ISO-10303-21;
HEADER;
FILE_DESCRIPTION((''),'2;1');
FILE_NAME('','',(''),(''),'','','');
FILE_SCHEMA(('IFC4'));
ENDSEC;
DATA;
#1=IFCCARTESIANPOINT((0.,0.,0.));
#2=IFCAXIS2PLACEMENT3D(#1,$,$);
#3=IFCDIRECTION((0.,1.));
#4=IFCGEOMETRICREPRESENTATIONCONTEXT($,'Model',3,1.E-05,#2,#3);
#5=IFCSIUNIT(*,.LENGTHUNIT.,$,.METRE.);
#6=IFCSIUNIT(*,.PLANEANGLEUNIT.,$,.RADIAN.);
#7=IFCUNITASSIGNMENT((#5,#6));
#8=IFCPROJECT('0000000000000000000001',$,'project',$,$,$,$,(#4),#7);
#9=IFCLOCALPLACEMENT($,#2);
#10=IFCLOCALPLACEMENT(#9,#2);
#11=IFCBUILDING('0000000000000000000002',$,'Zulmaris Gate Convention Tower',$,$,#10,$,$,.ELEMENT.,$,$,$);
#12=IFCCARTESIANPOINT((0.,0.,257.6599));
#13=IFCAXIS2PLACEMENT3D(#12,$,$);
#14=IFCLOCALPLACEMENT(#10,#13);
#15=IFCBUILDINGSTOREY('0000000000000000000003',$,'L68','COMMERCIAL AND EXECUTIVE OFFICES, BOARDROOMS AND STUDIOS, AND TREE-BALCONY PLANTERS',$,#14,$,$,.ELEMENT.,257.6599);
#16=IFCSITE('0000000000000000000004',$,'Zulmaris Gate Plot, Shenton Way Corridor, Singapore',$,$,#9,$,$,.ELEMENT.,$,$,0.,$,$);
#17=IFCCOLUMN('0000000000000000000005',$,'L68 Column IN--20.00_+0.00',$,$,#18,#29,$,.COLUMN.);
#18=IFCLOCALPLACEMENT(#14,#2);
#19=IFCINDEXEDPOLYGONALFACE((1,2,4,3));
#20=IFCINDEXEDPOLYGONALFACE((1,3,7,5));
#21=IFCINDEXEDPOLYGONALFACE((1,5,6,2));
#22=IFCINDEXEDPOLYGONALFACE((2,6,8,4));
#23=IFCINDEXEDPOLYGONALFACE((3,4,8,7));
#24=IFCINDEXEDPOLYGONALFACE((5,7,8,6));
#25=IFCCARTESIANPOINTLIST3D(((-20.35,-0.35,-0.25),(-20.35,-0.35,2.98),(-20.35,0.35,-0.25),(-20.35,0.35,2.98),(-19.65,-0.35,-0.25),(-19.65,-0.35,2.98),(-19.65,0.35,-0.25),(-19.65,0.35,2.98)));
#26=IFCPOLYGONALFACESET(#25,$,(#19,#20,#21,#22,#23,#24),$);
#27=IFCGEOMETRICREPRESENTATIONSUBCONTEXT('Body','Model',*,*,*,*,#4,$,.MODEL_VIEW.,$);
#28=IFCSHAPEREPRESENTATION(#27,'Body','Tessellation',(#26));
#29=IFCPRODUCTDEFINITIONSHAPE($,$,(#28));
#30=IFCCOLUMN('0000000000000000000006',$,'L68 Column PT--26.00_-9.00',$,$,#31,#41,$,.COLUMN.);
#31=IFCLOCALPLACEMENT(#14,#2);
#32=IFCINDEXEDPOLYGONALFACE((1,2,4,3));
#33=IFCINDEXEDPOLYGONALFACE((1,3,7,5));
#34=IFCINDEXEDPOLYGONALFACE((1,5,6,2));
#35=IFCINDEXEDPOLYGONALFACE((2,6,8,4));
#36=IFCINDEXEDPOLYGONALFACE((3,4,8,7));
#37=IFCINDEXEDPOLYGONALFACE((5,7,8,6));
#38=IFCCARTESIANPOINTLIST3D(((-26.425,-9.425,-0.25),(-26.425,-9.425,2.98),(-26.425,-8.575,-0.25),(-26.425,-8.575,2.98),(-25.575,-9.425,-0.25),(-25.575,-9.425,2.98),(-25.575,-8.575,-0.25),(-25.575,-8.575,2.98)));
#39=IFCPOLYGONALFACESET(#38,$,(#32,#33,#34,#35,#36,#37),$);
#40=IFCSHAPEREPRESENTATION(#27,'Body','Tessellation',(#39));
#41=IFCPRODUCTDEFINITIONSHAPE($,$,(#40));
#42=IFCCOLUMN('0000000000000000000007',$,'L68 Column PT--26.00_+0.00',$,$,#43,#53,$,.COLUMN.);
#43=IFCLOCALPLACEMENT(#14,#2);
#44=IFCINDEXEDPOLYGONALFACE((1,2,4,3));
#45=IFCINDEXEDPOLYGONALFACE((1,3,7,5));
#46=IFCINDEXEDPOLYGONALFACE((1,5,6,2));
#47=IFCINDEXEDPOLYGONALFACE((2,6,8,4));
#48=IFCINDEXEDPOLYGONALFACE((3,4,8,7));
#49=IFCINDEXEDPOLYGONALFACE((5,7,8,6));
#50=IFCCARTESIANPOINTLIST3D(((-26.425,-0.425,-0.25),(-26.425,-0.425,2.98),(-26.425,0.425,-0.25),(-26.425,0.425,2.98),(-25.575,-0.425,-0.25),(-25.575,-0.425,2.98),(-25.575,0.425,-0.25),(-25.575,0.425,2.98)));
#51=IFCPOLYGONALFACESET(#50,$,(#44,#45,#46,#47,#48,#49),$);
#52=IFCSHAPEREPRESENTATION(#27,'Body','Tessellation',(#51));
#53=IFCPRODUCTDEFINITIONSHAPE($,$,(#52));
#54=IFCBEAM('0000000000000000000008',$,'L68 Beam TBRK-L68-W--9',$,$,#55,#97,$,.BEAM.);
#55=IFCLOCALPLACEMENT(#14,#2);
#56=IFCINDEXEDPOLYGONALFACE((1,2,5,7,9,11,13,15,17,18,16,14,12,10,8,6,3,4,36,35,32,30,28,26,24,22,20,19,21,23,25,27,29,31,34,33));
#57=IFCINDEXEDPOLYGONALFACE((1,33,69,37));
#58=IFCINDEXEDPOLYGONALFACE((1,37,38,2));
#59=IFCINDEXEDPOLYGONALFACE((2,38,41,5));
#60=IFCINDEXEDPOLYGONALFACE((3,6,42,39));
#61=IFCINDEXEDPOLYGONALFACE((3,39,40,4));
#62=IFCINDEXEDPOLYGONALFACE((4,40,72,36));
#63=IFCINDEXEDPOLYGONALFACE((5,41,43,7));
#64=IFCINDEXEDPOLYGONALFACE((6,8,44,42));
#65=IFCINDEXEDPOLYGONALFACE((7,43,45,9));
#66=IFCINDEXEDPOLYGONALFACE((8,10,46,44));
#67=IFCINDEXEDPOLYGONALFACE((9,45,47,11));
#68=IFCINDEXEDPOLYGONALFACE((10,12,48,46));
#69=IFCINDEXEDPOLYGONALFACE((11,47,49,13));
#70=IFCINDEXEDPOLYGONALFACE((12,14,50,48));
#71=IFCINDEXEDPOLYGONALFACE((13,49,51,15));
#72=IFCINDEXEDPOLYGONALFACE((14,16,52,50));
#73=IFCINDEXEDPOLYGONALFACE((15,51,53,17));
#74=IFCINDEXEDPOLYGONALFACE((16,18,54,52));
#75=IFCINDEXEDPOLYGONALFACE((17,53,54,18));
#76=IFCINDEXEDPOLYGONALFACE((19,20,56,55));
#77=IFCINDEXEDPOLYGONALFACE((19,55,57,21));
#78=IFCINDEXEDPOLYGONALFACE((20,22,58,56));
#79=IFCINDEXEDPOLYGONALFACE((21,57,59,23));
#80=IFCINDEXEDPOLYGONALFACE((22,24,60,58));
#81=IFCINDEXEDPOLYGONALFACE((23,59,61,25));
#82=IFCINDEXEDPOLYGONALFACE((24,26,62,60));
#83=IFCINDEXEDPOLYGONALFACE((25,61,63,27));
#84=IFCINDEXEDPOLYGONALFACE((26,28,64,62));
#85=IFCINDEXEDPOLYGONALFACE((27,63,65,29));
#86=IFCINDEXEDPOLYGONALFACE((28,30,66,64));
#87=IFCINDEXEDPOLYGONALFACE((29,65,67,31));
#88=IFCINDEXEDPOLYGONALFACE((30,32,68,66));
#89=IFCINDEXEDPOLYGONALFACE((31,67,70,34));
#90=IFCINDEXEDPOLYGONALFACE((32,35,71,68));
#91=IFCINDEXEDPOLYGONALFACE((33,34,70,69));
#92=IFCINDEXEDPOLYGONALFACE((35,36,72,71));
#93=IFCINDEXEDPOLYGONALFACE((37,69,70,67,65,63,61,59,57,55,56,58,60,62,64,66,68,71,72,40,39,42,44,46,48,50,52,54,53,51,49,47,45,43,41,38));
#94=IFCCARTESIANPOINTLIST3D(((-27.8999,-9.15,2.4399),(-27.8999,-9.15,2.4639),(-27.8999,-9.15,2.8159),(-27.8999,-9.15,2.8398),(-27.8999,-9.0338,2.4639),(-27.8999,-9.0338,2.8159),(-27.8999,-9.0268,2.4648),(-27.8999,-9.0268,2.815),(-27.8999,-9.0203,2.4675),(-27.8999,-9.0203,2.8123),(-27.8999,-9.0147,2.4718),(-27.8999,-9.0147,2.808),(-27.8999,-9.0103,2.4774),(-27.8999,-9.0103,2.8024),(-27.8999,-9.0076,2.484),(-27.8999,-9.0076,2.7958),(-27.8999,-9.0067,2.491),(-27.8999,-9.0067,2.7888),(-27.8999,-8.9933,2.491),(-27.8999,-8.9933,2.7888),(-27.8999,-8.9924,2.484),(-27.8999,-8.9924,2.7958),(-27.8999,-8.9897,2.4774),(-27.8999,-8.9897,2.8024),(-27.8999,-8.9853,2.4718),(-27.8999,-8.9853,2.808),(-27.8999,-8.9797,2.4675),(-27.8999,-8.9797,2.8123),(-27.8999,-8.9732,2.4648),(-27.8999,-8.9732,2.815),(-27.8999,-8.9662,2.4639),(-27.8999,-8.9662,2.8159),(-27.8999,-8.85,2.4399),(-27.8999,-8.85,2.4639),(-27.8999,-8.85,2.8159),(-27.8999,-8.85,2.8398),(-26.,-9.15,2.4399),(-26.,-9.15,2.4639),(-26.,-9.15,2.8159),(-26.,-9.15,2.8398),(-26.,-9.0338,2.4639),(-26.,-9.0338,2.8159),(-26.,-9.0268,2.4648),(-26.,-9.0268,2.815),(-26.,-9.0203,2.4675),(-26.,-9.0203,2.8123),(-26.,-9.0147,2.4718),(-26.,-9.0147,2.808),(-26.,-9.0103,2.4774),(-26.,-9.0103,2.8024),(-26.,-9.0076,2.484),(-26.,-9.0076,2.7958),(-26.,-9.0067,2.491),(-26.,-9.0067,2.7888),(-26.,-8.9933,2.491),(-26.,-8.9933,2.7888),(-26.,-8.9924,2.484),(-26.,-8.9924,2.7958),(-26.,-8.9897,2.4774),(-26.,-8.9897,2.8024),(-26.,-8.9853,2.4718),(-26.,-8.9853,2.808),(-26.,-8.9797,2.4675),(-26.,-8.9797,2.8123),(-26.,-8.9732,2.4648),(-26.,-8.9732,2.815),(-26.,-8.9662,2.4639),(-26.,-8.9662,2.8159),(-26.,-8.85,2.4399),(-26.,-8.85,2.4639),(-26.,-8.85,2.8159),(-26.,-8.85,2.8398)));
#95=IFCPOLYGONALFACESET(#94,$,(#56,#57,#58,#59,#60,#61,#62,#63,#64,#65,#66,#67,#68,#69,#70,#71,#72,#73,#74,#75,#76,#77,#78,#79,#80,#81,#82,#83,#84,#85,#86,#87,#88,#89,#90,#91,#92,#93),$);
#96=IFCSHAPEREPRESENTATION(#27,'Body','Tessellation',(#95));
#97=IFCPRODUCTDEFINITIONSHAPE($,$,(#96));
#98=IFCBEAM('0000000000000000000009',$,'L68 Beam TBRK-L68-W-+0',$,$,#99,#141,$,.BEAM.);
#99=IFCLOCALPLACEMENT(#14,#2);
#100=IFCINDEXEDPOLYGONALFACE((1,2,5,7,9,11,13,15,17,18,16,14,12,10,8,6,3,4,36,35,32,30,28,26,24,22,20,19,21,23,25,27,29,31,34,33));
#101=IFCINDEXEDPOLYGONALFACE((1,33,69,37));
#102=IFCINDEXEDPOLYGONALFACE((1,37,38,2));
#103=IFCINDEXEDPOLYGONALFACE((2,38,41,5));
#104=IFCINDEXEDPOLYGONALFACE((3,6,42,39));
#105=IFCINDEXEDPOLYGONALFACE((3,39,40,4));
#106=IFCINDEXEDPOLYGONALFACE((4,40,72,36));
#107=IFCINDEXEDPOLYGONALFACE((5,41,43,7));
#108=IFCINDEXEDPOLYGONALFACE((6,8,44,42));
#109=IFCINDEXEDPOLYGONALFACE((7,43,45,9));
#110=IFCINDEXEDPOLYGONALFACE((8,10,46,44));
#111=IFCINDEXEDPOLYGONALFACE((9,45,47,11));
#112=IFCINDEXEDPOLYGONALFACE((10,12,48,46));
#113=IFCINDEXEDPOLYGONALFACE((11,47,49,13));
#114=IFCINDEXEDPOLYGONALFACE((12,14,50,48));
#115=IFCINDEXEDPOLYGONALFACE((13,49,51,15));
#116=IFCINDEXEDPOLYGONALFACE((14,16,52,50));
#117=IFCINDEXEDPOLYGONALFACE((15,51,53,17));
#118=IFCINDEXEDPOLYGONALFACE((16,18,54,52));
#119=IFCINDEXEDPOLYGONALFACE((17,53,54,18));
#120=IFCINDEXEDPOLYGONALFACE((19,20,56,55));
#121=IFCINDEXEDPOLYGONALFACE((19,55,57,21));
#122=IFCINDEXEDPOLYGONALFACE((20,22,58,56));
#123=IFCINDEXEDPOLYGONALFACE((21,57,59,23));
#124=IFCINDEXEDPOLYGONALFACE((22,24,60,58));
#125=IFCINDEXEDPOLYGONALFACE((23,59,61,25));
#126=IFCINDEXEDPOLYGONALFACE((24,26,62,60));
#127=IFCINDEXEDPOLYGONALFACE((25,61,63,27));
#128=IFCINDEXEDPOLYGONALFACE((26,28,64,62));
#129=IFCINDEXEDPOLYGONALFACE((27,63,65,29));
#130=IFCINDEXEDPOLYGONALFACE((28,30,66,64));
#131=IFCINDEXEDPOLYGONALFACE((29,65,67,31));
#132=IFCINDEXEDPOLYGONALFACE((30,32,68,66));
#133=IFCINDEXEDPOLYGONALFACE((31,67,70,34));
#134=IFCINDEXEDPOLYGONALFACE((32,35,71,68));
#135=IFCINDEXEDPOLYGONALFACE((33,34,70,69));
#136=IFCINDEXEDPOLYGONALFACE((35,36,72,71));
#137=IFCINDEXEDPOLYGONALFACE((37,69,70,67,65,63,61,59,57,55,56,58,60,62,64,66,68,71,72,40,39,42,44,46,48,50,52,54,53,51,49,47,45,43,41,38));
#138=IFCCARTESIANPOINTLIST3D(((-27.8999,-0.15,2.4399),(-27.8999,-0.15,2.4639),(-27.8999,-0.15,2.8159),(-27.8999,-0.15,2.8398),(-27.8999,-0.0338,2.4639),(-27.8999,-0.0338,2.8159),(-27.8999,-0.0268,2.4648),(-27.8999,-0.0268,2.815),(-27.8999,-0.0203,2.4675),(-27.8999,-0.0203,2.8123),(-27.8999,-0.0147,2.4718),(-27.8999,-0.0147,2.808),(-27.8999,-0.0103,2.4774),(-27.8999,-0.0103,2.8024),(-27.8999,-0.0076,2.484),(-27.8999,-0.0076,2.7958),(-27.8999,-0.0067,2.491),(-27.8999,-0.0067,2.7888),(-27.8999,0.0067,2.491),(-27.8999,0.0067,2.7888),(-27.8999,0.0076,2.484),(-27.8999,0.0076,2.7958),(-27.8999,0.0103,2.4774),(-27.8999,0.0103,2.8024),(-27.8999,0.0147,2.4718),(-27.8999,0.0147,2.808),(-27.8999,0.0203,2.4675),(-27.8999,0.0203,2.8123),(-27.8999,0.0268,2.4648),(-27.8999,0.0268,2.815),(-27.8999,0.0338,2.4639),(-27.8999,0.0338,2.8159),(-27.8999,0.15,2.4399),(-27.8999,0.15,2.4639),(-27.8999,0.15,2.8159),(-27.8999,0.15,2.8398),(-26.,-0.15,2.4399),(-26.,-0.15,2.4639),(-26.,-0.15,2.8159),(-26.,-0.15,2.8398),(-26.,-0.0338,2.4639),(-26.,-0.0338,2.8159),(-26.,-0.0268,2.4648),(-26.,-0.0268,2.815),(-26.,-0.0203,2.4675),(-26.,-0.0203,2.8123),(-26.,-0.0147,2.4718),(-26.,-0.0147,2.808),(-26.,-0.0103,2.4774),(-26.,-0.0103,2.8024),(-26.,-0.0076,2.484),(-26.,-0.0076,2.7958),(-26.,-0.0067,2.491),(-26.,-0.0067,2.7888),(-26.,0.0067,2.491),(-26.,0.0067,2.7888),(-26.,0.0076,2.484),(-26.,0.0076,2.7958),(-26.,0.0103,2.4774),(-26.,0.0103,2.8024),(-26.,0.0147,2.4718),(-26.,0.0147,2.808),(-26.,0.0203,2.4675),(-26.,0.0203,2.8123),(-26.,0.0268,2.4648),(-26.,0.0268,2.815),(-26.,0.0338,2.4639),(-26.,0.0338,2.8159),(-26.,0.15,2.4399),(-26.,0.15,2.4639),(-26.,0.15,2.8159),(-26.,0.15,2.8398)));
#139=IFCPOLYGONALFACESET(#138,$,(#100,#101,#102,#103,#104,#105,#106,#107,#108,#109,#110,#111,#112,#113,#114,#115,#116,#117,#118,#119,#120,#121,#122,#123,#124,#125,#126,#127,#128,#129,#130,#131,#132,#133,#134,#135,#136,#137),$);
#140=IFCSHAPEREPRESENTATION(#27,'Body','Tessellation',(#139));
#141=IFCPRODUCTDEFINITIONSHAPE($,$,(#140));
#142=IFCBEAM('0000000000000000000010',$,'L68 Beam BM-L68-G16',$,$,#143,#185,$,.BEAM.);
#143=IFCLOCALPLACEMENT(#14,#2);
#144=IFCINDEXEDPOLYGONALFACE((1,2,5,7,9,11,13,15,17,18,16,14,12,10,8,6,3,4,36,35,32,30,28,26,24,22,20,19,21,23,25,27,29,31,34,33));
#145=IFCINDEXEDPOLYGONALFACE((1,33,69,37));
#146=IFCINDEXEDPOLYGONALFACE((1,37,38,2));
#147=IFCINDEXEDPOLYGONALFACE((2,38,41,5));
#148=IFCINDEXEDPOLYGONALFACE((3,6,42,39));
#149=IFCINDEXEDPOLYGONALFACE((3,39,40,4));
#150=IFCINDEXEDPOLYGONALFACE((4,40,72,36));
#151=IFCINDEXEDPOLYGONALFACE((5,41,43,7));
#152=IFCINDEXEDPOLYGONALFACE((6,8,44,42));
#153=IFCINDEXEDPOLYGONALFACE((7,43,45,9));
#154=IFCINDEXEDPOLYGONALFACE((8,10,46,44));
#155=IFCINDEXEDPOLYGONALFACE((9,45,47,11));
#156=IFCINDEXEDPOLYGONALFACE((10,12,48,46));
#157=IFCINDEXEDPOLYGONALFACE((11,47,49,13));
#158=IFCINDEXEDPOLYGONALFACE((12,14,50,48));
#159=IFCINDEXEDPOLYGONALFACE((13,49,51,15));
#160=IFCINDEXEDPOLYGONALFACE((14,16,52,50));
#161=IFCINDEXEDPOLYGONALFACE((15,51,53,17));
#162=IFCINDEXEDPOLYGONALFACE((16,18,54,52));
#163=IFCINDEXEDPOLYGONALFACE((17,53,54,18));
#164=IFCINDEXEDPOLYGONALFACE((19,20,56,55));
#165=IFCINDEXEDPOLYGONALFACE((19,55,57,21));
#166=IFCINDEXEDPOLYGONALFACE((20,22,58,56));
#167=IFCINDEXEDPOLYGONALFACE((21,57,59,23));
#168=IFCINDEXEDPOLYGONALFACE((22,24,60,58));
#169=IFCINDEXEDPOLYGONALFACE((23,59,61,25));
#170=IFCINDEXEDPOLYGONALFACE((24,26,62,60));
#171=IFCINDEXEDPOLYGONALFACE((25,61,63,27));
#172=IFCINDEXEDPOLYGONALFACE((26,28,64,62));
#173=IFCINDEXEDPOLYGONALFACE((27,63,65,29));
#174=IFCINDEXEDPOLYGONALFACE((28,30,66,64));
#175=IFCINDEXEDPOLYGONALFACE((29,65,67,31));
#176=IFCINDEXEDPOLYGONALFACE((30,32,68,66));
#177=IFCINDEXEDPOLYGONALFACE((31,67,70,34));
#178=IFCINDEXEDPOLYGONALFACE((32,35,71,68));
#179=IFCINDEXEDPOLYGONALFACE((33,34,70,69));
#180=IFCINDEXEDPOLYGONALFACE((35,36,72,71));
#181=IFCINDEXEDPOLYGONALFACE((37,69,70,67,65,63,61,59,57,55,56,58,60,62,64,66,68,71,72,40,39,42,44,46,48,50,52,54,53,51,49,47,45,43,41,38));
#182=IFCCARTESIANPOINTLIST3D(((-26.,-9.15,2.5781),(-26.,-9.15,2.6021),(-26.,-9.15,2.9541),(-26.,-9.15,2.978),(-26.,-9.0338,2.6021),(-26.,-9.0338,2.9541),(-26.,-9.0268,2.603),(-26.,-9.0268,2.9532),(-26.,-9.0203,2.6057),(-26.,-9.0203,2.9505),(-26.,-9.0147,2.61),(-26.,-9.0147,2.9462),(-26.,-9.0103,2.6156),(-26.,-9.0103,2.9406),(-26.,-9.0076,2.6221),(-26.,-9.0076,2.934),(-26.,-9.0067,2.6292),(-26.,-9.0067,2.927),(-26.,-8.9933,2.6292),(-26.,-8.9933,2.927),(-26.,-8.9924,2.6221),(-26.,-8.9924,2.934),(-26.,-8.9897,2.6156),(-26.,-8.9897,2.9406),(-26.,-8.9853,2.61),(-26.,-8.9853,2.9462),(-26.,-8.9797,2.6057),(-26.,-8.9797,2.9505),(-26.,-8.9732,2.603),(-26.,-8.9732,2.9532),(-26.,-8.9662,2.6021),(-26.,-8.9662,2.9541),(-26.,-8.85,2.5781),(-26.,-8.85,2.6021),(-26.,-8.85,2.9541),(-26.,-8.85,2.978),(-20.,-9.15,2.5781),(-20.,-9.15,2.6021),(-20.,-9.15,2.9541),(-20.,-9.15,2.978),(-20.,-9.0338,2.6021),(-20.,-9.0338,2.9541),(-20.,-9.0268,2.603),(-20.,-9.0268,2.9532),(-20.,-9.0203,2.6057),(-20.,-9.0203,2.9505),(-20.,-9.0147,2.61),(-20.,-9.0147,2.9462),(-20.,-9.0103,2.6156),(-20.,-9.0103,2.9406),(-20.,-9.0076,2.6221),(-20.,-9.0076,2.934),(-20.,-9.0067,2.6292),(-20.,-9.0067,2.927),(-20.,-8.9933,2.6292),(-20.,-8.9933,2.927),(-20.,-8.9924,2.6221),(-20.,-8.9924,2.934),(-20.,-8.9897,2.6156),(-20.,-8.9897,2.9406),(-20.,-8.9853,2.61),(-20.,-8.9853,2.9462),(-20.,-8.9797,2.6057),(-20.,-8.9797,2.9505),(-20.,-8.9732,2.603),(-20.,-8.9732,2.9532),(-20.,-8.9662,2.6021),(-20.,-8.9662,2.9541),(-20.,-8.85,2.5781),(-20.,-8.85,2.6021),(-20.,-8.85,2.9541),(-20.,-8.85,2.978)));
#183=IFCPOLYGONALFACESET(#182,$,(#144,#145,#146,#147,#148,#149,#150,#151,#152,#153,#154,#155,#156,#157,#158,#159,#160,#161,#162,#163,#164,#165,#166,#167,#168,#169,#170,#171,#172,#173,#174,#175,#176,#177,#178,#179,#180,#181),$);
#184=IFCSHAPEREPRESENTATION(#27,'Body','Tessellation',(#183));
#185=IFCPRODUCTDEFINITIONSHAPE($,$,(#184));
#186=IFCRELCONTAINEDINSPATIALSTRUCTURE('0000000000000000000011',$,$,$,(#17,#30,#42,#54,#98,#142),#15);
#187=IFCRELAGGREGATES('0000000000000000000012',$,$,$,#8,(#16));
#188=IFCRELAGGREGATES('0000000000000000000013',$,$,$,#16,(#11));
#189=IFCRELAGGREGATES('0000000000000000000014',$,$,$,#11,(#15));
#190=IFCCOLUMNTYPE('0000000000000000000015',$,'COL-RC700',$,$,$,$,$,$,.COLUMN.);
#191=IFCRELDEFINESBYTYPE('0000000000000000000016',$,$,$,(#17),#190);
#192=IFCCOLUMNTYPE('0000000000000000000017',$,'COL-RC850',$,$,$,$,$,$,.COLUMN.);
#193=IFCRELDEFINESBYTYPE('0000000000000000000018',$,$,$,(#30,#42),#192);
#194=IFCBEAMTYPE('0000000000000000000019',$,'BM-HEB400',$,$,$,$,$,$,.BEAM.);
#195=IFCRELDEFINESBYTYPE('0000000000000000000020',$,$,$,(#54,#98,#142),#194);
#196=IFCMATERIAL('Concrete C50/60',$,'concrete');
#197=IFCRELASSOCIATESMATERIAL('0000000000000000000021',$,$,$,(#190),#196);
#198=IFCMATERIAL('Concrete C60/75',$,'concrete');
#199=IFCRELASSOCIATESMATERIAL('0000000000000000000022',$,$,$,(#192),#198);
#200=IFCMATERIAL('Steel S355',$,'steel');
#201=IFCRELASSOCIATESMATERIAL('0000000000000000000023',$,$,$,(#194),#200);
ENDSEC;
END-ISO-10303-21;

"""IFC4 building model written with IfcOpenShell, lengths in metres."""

from ifc_helpers import new_model, si_unit, direction, frame, origin, origin_2d, place, context, subcontext, project, spatial, rectangle, i_section, extrude, material, material_profile, profile_set, type_object, element, save


model = new_model("IFC4")

# Units and contexts
model_context = context("Model", 3, precision=1e-05, world=origin(), true_north=direction((0.0, 1.0)))
body_context = subcontext(model_context, "Body", "Model", "MODEL_VIEW")
ifc_project = project(units=[si_unit("LENGTHUNIT", "METRE"), si_unit("PLANEANGLEUNIT", "RADIAN")], contexts=[model_context])

# Site, building, storey
site_placement = place(None, origin())
site = spatial("IfcSite", under=ifc_project, at=site_placement, Name="Zulmaris Gate Plot, Shenton Way Corridor, Singapore", CompositionType="ELEMENT", RefElevation=0.0)
building_placement = place(site_placement, origin())
building = spatial("IfcBuilding", under=site, at=building_placement, Name="Zulmaris Gate Convention Tower", CompositionType="ELEMENT")
storey_placement = place(building_placement, frame((0.0, 0.0, 257.6599)))
storey = spatial("IfcBuildingStorey", under=building, at=storey_placement, Name="L68", Description="COMMERCIAL AND EXECUTIVE OFFICES, BOARDROOMS AND STUDIOS, AND TREE-BALCONY PLANTERS", CompositionType="ELEMENT", Elevation=257.6599)

# Columns
ifc_material_1 = material(Name="Concrete C50/60", Category="concrete")
ifc_material_profile_1 = material_profile(ifc_material_1, rectangle(XDim=0.7, YDim=0.7, at=origin_2d()), Name="RC COL 700x700")
ifc_profile_set_1 = profile_set([ifc_material_profile_1], Name="Concrete C50/60")
column_type_1 = type_object("IfcColumnType", Name="COL-RC700", PredefinedType="COLUMN", material=ifc_profile_set_1)
column_placement = place(storey_placement, frame((-20.0, 0.0, -0.25), z_axis=(0.0, 0.0, 1.0), x_axis=(1.0, 0.0, 0.0)))
element("IfcColumn", 1, at=column_placement, inside=storey, type_object=column_type_1, Name="L68 Column IN--20.00_+0.00", PredefinedType="COLUMN", context=body_context, shape_type="SweptSolid", body=[
    extrude(rectangle(XDim=0.7, YDim=0.7, at=origin_2d()), origin(), (0.0, 0.0, 1.0), 3.23),
])
ifc_material_2 = material(Name="Concrete C60/75", Category="concrete")
ifc_material_profile_2 = material_profile(ifc_material_2, rectangle(XDim=0.8501, YDim=0.8501, at=origin_2d()), Name="RC COL 850x850")
ifc_profile_set_2 = profile_set([ifc_material_profile_2], Name="Concrete C60/75")
column_type_2 = type_object("IfcColumnType", Name="COL-RC850", PredefinedType="COLUMN", material=ifc_profile_set_2)
for number, where, z_axis, x_axis, name in (
    (2, (-26.0, -9.0, -0.25), (0.0, 0.0, 1.0), (1.0, 0.0, 0.0), "L68 Column PT--26.00_-9.00"),
    (3, (-26.0, 0.0, -0.25), (0.0, 0.0, 1.0), (1.0, 0.0, 0.0), "L68 Column PT--26.00_+0.00"),
):
    element("IfcColumn", number, at=place(storey_placement, frame(where, z_axis=z_axis, x_axis=x_axis)), inside=storey, type_object=column_type_2, Name=name, PredefinedType="COLUMN", context=body_context, shape_type="SweptSolid", body=[
        extrude(rectangle(XDim=0.8501, YDim=0.8501, at=origin_2d()), origin(), (0.0, 0.0, 1.0), 3.23),
    ])

# Beams
ifc_material_3 = material(Name="Steel S355", Category="steel")
ifc_material_profile_3 = material_profile(ifc_material_3, i_section(OverallWidth=0.3, OverallDepth=0.3999, WebThickness=0.0134, FlangeThickness=0.0239, FilletRadius=0.0271, at=origin_2d()), Name="HEB 400")
ifc_profile_set_3 = profile_set([ifc_material_profile_3], Name="Steel S355")
beam_type_1 = type_object("IfcBeamType", Name="BM-HEB400", PredefinedType="BEAM", material=ifc_profile_set_3)
for number, where, z_axis, x_axis, name in (
    (4, (-27.8999, -9.0, 2.6399), (1.0, 0.0, 0.0), (0.0, 1.0, 0.0), "L68 Beam TBRK-L68-W--9"),
    (5, (-27.8999, 0.0, 2.6399), (1.0, 0.0, 0.0), (0.0, 1.0, 0.0), "L68 Beam TBRK-L68-W-+0"),
):
    element("IfcBeam", number, at=place(storey_placement, frame(where, z_axis=z_axis, x_axis=x_axis)), inside=storey, type_object=beam_type_1, Name=name, PredefinedType="BEAM", context=body_context, shape_type="SweptSolid", body=[
        extrude(i_section(OverallWidth=0.3, OverallDepth=0.3999, WebThickness=0.0134, FlangeThickness=0.0239, FilletRadius=0.0271, at=origin_2d()), origin(), (0.0, 0.0, 1.0), 1.8999),
    ])
for number, where, z_axis, x_axis, name in (
    (6, (-26.0, -9.0, 2.7781), (1.0, 0.0, 0.0), (0.0, 1.0, 0.0), "L68 Beam BM-L68-G16"),
):
    element("IfcBeam", number, at=place(storey_placement, frame(where, z_axis=z_axis, x_axis=x_axis)), inside=storey, type_object=beam_type_1, Name=name, PredefinedType="BEAM", context=body_context, shape_type="SweptSolid", body=[
        extrude(i_section(OverallWidth=0.3, OverallDepth=0.3999, WebThickness=0.0134, FlangeThickness=0.0239, FilletRadius=0.0271, at=origin_2d()), origin(), (0.0, 0.0, 1.0), 6.0),
    ])

save(model, "model.ifc")
